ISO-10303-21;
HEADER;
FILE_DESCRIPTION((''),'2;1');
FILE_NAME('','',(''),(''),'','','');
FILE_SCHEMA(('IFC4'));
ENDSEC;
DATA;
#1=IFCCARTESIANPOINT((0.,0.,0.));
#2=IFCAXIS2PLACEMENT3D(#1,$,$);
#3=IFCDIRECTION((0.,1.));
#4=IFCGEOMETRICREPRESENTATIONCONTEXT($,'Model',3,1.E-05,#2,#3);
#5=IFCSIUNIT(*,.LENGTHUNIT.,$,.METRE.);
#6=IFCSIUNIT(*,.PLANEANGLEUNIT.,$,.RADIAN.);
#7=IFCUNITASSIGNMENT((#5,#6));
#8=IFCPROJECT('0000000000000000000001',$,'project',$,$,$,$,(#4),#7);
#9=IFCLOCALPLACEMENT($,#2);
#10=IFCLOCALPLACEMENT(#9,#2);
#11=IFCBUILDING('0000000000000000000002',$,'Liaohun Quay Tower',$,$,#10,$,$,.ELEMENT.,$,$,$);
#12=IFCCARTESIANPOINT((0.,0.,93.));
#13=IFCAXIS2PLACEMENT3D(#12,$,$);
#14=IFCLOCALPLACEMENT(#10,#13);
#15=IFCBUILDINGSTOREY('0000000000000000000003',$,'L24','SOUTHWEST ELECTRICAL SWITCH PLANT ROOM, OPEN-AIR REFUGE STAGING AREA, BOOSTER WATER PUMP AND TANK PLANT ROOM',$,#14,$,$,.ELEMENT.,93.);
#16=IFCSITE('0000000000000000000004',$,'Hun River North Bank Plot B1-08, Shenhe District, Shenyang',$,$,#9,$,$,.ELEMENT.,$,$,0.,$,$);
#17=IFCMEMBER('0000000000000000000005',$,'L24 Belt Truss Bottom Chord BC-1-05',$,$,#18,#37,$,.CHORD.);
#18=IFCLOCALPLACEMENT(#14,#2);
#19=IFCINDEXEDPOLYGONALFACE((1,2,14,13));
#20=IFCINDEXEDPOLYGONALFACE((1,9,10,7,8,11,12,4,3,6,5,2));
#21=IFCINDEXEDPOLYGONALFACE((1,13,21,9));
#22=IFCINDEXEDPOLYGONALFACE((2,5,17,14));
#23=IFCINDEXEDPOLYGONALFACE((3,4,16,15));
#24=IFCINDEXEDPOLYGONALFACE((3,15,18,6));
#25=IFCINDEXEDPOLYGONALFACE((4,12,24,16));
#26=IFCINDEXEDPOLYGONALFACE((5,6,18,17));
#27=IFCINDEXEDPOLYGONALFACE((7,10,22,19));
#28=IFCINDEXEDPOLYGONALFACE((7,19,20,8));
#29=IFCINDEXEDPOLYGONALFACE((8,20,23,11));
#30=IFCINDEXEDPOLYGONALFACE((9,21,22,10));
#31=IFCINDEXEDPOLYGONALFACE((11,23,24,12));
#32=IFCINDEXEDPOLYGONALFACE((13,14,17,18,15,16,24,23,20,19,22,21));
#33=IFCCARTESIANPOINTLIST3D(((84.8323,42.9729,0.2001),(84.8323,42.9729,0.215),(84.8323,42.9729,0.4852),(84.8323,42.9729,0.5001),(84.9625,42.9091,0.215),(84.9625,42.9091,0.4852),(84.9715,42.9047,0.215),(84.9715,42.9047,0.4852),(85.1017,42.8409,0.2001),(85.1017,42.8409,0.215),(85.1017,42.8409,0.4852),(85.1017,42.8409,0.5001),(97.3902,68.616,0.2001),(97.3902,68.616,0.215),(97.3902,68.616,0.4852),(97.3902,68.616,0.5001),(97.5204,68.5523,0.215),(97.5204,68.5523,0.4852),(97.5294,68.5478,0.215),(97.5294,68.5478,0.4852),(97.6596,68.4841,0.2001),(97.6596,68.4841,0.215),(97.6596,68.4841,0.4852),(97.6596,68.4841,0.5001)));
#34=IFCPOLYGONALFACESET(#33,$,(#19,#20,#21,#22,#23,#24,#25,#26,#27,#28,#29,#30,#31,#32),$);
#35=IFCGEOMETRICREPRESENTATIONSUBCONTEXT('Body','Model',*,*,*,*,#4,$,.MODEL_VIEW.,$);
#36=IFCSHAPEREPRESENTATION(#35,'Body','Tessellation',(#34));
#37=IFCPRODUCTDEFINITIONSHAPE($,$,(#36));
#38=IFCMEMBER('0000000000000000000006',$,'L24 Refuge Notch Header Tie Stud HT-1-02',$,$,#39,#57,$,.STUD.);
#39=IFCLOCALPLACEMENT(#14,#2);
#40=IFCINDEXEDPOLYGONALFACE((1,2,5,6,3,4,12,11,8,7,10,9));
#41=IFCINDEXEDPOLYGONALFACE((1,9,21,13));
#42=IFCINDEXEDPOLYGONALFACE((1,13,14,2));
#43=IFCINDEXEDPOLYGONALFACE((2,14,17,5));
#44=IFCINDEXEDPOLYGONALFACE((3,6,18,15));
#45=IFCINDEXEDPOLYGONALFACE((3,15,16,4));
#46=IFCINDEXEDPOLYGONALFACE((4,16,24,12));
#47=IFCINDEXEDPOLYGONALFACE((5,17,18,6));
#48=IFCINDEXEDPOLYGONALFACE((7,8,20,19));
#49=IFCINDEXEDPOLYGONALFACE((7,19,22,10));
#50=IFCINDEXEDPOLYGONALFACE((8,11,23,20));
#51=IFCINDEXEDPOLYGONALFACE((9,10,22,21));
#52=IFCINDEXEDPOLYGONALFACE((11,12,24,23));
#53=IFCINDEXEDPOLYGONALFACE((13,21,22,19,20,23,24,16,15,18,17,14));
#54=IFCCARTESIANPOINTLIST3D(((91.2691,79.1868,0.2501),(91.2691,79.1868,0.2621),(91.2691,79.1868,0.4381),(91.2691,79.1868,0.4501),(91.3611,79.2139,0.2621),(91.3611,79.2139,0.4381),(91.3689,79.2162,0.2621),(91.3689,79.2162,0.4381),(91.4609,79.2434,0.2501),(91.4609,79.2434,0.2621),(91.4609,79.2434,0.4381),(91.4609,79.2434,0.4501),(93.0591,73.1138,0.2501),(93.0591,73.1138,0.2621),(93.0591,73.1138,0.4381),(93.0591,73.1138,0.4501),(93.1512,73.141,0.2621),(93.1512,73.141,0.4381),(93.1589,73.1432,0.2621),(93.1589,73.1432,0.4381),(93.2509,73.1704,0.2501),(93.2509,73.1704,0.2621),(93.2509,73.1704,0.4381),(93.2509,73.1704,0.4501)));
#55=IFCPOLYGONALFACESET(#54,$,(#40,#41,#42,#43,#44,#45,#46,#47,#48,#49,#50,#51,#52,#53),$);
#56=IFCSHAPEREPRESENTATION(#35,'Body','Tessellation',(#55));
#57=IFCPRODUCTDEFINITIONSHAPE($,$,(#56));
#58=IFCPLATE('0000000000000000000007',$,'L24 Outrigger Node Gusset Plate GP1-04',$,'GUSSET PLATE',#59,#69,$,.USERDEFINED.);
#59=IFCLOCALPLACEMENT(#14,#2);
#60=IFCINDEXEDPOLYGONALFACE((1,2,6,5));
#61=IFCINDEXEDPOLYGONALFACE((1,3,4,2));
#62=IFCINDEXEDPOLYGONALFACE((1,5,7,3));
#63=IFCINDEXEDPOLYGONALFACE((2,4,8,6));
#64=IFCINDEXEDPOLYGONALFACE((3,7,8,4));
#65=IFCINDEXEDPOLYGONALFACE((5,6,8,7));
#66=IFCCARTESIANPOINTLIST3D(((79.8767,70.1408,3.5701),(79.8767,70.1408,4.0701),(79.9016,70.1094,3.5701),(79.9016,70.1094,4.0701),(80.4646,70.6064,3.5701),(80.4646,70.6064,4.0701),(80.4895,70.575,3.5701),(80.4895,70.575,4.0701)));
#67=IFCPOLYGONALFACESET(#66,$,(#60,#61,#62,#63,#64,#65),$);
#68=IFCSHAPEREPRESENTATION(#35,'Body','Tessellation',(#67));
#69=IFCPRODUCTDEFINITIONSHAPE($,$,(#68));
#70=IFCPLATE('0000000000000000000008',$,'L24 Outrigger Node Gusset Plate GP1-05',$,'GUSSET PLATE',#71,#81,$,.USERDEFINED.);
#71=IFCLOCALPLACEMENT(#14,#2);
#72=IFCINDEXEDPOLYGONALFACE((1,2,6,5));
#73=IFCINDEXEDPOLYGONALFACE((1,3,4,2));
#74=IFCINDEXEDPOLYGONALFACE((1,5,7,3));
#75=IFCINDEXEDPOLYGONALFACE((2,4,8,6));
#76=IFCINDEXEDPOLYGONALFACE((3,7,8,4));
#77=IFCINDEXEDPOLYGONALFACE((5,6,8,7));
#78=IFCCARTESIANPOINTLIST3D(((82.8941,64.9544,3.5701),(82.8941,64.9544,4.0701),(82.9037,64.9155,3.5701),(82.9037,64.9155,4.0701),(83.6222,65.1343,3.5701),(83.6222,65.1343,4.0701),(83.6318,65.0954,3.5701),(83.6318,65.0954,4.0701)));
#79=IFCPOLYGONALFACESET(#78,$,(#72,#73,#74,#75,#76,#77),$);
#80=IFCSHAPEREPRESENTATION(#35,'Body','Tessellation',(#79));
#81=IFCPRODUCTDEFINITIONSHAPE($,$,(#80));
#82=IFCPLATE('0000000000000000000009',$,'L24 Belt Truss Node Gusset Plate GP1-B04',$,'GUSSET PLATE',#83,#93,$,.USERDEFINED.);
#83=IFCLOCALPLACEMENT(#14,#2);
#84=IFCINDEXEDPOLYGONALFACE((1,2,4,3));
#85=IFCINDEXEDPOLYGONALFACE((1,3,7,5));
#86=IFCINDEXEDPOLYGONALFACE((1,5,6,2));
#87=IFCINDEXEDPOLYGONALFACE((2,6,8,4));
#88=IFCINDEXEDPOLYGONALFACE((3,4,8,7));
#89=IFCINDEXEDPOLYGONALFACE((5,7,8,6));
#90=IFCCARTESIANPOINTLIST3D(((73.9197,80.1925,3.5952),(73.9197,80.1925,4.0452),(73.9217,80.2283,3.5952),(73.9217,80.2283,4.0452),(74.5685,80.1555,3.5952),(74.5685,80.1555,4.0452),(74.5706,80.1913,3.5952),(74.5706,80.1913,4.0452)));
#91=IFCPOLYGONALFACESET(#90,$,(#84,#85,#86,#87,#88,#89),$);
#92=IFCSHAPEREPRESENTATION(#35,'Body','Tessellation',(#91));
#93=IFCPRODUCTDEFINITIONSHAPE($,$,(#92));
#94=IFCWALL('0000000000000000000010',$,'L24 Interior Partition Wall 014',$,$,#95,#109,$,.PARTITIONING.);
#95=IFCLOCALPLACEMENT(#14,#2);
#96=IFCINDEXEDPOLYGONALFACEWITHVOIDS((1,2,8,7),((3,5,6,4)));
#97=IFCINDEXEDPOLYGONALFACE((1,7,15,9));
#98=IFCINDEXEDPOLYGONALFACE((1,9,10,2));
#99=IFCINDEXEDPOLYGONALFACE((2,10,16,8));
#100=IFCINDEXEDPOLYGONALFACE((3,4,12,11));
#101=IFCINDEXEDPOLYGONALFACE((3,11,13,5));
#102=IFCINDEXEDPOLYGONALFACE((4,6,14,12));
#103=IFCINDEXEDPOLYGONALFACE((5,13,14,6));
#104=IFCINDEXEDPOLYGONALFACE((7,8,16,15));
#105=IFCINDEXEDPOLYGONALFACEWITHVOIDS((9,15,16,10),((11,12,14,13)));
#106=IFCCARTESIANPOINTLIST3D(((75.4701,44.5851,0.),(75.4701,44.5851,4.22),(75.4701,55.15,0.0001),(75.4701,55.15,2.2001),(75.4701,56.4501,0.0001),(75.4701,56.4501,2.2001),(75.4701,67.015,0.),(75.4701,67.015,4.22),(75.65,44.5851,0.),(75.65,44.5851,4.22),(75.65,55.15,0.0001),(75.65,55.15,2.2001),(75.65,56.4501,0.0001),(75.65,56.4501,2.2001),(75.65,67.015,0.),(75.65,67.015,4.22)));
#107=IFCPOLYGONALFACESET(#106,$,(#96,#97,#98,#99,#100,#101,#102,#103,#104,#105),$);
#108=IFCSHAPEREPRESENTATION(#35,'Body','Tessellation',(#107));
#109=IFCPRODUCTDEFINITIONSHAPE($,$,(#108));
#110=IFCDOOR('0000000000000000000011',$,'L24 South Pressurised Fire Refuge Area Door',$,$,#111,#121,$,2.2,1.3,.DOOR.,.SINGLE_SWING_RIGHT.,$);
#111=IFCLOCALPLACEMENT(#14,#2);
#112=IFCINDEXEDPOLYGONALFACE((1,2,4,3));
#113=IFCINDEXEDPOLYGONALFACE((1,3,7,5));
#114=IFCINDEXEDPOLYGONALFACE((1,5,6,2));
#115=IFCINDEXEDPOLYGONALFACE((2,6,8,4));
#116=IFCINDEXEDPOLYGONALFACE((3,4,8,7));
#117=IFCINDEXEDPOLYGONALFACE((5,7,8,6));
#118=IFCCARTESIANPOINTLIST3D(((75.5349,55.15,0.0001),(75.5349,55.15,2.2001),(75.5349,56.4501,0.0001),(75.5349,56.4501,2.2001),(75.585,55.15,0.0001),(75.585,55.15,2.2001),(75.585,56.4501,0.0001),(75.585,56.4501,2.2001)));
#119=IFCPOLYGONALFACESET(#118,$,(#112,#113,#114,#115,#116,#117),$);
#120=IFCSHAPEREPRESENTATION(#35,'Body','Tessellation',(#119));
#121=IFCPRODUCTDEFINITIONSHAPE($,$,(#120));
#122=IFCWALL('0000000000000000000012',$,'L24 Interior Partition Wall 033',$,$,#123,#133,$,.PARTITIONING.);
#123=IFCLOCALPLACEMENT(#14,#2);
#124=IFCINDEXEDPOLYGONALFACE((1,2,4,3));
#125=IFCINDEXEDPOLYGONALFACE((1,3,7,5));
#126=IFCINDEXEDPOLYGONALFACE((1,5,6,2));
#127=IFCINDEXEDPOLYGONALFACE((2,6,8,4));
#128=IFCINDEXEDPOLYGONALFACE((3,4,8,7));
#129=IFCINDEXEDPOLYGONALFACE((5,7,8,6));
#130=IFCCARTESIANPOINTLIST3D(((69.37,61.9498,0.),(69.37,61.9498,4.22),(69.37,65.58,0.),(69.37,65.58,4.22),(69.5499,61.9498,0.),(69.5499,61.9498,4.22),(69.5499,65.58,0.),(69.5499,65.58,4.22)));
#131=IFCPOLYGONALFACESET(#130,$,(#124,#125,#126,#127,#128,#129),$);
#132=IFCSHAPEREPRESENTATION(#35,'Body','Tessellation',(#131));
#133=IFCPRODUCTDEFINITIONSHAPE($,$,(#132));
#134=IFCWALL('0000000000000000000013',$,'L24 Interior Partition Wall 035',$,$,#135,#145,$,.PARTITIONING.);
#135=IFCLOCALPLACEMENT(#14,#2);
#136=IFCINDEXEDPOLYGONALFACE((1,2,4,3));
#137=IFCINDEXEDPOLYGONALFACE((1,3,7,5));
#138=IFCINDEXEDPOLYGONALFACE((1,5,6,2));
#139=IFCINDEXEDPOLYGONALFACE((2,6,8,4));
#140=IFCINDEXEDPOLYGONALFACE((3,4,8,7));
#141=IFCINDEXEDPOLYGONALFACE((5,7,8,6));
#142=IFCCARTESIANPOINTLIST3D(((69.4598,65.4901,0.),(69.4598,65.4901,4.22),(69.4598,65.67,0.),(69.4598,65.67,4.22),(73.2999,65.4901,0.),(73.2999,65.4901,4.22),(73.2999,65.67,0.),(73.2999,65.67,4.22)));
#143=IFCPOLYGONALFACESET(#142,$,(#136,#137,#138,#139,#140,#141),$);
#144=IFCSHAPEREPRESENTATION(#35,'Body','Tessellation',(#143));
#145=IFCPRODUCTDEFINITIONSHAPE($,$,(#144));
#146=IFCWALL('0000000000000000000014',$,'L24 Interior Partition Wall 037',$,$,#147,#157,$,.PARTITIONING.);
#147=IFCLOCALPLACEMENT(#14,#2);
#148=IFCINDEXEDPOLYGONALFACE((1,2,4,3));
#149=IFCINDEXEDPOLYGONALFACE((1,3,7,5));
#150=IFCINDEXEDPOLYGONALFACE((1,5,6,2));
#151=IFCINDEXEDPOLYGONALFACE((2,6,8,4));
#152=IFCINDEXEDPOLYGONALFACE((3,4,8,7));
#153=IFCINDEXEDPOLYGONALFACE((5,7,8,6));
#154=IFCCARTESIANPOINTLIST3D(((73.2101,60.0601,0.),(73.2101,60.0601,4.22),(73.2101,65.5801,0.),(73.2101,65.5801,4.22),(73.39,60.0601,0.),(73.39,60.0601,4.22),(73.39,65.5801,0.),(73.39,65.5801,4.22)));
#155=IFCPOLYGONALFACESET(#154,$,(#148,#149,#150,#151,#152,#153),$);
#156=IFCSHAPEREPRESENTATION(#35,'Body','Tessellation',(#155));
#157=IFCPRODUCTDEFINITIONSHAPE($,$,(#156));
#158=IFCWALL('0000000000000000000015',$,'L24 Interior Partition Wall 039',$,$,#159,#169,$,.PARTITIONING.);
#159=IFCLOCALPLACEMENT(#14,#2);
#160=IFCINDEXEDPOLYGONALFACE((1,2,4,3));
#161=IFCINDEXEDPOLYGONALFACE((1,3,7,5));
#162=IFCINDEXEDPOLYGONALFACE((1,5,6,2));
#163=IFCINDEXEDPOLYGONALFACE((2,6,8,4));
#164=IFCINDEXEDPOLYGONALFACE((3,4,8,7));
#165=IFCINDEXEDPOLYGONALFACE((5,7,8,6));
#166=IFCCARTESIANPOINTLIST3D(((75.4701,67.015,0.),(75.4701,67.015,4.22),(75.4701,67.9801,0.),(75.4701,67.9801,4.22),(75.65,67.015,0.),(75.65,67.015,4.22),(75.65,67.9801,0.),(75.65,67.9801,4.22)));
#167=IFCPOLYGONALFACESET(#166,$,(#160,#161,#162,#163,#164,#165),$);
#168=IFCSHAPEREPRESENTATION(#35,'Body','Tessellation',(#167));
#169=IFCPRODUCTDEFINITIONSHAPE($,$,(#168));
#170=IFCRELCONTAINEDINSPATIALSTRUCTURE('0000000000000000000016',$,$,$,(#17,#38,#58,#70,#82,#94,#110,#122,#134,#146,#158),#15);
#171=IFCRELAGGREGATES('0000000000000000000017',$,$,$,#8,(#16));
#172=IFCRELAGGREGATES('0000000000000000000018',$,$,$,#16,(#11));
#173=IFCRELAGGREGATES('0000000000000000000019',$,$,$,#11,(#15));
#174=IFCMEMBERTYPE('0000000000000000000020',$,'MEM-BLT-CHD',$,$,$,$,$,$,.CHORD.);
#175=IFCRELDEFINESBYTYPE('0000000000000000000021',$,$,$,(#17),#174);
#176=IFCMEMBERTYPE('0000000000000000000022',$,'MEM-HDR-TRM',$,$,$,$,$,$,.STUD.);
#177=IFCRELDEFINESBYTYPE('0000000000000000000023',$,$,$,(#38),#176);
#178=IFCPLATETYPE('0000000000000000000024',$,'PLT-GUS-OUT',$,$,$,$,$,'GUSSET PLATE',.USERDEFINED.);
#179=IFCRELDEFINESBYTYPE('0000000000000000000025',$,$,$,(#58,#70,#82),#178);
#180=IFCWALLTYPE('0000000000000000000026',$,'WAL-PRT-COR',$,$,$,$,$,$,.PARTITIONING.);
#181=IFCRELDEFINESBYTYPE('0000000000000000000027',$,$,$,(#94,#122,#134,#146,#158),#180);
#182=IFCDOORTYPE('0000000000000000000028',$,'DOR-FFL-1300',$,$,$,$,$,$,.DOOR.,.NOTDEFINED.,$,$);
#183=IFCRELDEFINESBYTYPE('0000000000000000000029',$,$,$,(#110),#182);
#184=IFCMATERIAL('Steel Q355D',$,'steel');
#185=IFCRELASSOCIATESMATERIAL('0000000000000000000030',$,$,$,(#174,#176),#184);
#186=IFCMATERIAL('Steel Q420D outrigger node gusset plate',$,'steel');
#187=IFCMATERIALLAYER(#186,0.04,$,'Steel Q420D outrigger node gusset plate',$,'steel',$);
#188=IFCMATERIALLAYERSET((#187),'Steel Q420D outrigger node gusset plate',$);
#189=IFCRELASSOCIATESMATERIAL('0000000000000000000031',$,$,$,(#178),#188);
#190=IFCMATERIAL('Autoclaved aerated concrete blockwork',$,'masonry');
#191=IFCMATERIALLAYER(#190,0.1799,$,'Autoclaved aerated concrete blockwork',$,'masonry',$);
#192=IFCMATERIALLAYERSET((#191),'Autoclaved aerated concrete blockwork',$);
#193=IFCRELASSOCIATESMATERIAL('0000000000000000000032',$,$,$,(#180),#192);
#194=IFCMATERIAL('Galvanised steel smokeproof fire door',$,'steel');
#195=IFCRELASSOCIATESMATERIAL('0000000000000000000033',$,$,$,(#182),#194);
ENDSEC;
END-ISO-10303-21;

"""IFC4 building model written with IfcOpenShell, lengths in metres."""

from ifc_helpers import new_model, si_unit, direction, frame, frame_2d, origin, origin_2d, place, context, subcontext, project, spatial, rectangle, i_section, extrude, source, transform, mapped, material, layer, layer_set, material_profile, profile_set, type_object, element, fill, save


model = new_model("IFC4")

# Units and contexts
model_context = context("Model", 3, precision=1e-05, world=origin(), true_north=direction((0.0, 1.0)))
body_context = subcontext(model_context, "Body", "Model", "MODEL_VIEW")
ifc_project = project(units=[si_unit("LENGTHUNIT", "METRE"), si_unit("PLANEANGLEUNIT", "RADIAN")], contexts=[model_context])

# Site, building, storey
site_placement = place(None, origin())
site = spatial("IfcSite", under=ifc_project, at=site_placement, Name="Hun River North Bank Plot B1-08, Shenhe District, Shenyang", CompositionType="ELEMENT", RefElevation=0.0)
building_placement = place(site_placement, origin())
building = spatial("IfcBuilding", under=site, at=building_placement, Name="Liaohun Quay Tower", CompositionType="ELEMENT")
storey_placement = place(building_placement, frame((0.0, 0.0, 93.0)))
storey = spatial("IfcBuildingStorey", under=building, at=storey_placement, Name="L24", Description="SOUTHWEST ELECTRICAL SWITCH PLANT ROOM, OPEN-AIR REFUGE STAGING AREA, BOOSTER WATER PUMP AND TANK PLANT ROOM", CompositionType="ELEMENT", Elevation=93.0)

# Shared definitions
ifc_material_1 = material(Name="Steel Q355D", Category="steel")

# Members
ifc_material_profile_1 = material_profile(ifc_material_1, i_section(OverallWidth=0.3, OverallDepth=0.3, WebThickness=0.01, FlangeThickness=0.0149, at=origin_2d()), Name="HW300x300x10x15")
ifc_profile_set_1 = profile_set([ifc_material_profile_1], Name="Steel Q355D")
member_type_1 = type_object("IfcMemberType", Name="MEM-BLT-CHD", PredefinedType="CHORD", material=ifc_profile_set_1)
shared_shape_1 = source(origin(), body_context, "Body", "SweptSolid", [
    extrude(i_section(OverallWidth=0.3, OverallDepth=0.3, WebThickness=0.01, FlangeThickness=0.0149, at=origin_2d()), origin(), (0.0, 0.0, 1.0), 28.553),
])
member_1_placement = place(storey_placement, frame((97.5249, 68.55, 0.3501), z_axis=(-0.439811, -0.89809, 0.0), x_axis=(0.89809, -0.439811, 0.0)))
element("IfcMember", 1, at=member_1_placement, inside=storey, type_object=member_type_1, Name="L24 Belt Truss Bottom Chord BC-1-05", PredefinedType="CHORD", context=body_context, shape_type="MappedRepresentation", body=[
    mapped(shared_shape_1, transform((0.0, 0.0, 0.0), x_axis=(1.0, 0.0, 0.0), y_axis=(0.0, 1.0, 0.0), z_axis=(0.0, 0.0, 1.0), scale=1.0)),
])
ifc_material_profile_2 = material_profile(ifc_material_1, i_section(OverallWidth=0.2, OverallDepth=0.2, WebThickness=0.0081, FlangeThickness=0.012, at=origin_2d()), Name="HW200x200x8x12")
ifc_profile_set_2 = profile_set([ifc_material_profile_2], Name="Steel Q355D")
member_type_2 = type_object("IfcMemberType", Name="MEM-HDR-TRM", PredefinedType="STUD", material=ifc_profile_set_2)
shared_shape_2 = source(origin(), body_context, "Body", "SweptSolid", [
    extrude(i_section(OverallWidth=0.2, OverallDepth=0.2, WebThickness=0.0081, FlangeThickness=0.012, at=origin_2d()), origin(), (0.0, 0.0, 1.0), 6.3313),
])
member_2_placement = place(storey_placement, frame((91.365, 79.2151, 0.3501), z_axis=(0.282728, -0.9592, 0.0), x_axis=(0.9592, 0.282728, 0.0)))
element("IfcMember", 2, at=member_2_placement, inside=storey, type_object=member_type_2, Name="L24 Refuge Notch Header Tie Stud HT-1-02", PredefinedType="STUD", context=body_context, shape_type="MappedRepresentation", body=[
    mapped(shared_shape_2, transform((0.0, 0.0, 0.0), x_axis=(1.0, 0.0, 0.0), y_axis=(0.0, 1.0, 0.0), z_axis=(0.0, 0.0, 1.0), scale=1.0)),
])

# Plates
ifc_material_2 = material(Name="Steel Q420D outrigger node gusset plate", Category="steel")
ifc_layer_1 = layer(ifc_material_2, 0.04, Name="Steel Q420D outrigger node gusset plate", Category="steel")
ifc_layer_set_1 = layer_set([ifc_layer_1], Name="Steel Q420D outrigger node gusset plate")
plate_type = type_object("IfcPlateType", Name="PLT-GUS-OUT", ElementType="GUSSET PLATE", PredefinedType="USERDEFINED", material=ifc_layer_set_1)
shared_shape_3 = source(origin(), body_context, "Body", "SweptSolid", [
    extrude(rectangle(XDim=0.75, YDim=0.04, at=origin_2d()), origin(), (0.0, 0.0, 1.0), 0.5),
])
for number, where, z_axis, x_axis, name in (
    (3, (80.1831, 70.3579, 3.5701), (0.0, 0.0, 1.0), (0.78391, 0.620874, 0.0), "L24 Outrigger Node Gusset Plate GP1-04"),
    (4, (83.2629, 65.0249, 3.5701), (0.0, 0.0, 1.0), (0.9708, 0.239889, 0.0), "L24 Outrigger Node Gusset Plate GP1-05"),
):
    element("IfcPlate", number, at=place(storey_placement, frame(where, z_axis=z_axis, x_axis=x_axis)), inside=storey, type_object=plate_type, Name=name, ObjectType="GUSSET PLATE", PredefinedType="USERDEFINED", context=body_context, shape_type="MappedRepresentation", body=[
        mapped(shared_shape_3, transform((0.0, 0.0, 0.0), x_axis=(1.0, 0.0, 0.0), y_axis=(0.0, 1.0, 0.0), z_axis=(0.0, 0.0, 1.0), scale=1.0)),
    ])
shared_shape_4 = source(origin(), body_context, "Body", "SweptSolid", [
    extrude(rectangle(XDim=0.6499, YDim=0.0359, at=origin_2d()), origin(), (0.0, 0.0, 1.0), 0.45),
])
plate_placement = place(storey_placement, frame((74.2451, 80.1919, 3.5952), z_axis=(0.0, 0.0, 1.0), x_axis=(0.998382, -0.056867, 0.0)))
element("IfcPlate", 5, at=plate_placement, inside=storey, type_object=plate_type, Name="L24 Belt Truss Node Gusset Plate GP1-B04", ObjectType="GUSSET PLATE", PredefinedType="USERDEFINED", context=body_context, shape_type="MappedRepresentation", body=[
    mapped(shared_shape_4, transform((0.0, 0.0, 0.0), x_axis=(1.0, 0.0, 0.0), y_axis=(0.0, 1.0, 0.0), z_axis=(0.0, 0.0, 1.0), scale=1.0)),
])

# Wall, opening, door
ifc_material_3 = material(Name="Autoclaved aerated concrete blockwork", Category="masonry")
ifc_layer_2 = layer(ifc_material_3, 0.1799, Name="Autoclaved aerated concrete blockwork", Category="masonry")
ifc_layer_set_2 = layer_set([ifc_layer_2], Name="Autoclaved aerated concrete blockwork")
wall_type_1 = type_object("IfcWallType", Name="WAL-PRT-COR", PredefinedType="PARTITIONING", material=ifc_layer_set_2)
wall_1_placement = place(storey_placement, frame((75.5601, 67.0149, 0.0), z_axis=(0.0, 0.0, 1.0), x_axis=(0.0, -1.0, 0.0)))
wall_1 = element("IfcWall", 6, at=wall_1_placement, inside=storey, type_object=wall_type_1, Name="L24 Interior Partition Wall 014", PredefinedType="PARTITIONING", context=body_context, shape_type="SweptSolid", body=[
    extrude(rectangle(XDim=22.4299, YDim=0.1799, at=frame_2d((11.2148, 0.0))), origin(), (0.0, 0.0, 1.0), 4.22),
])
shared_shape_5 = source(origin(), body_context, "Body", "SweptSolid", [
    extrude(rectangle(XDim=1.3, YDim=2.2, at=frame_2d((0.6499, 1.1001))), frame((0.0, 0.0999, 0.0), z_axis=(0.0, -1.0, 0.0), x_axis=(1.0, 0.0, 0.0)), (0.0, 0.0, 1.0), 0.2),
])
opening_placement = place(wall_1_placement, frame((10.5649, 0.0, 0.0)))
opening = element("IfcOpeningElement", 7, at=opening_placement, cuts=wall_1, PredefinedType="OPENING", context=body_context, shape_type="MappedRepresentation", body=[
    mapped(shared_shape_5, transform((0.0, 0.0, 0.0), x_axis=(1.0, 0.0, 0.0), y_axis=(0.0, 1.0, 0.0), z_axis=(0.0, 0.0, 1.0), scale=1.0)),
])
ifc_material_4 = material(Name="Galvanised steel smokeproof fire door", Category="steel")
door_type = type_object("IfcDoorType", Name="DOR-FFL-1300", OperationType="NOTDEFINED", PredefinedType="DOOR", material=ifc_material_4)
shared_shape_6 = source(origin(), body_context, "Body", "SweptSolid", [
    extrude(rectangle(XDim=1.3, YDim=2.2, at=frame_2d((0.6499, 1.1001))), frame((0.0, 0.0249, 0.0), z_axis=(0.0, -1.0, 0.0), x_axis=(1.0, 0.0, 0.0)), (0.0, 0.0, 1.0), 0.05),
])
door_placement = place(opening_placement, origin())
door = element("IfcDoor", 8, at=door_placement, inside=storey, type_object=door_type, Name="L24 South Pressurised Fire Refuge Area Door", OperationType="SINGLE_SWING_RIGHT", OverallHeight=2.2, OverallWidth=1.3, PredefinedType="DOOR", context=body_context, shape_type="MappedRepresentation", body=[
    mapped(shared_shape_6, transform((0.0, 0.0, 0.0), x_axis=(1.0, 0.0, 0.0), y_axis=(0.0, 1.0, 0.0), z_axis=(0.0, 0.0, 1.0), scale=1.0)),
])
fill(opening, door)

# Walls
wall_2_placement = place(storey_placement, frame((69.46, 61.95, 0.0), z_axis=(0.0, 0.0, 1.0), x_axis=(0.0, 1.0, 0.0)))
element("IfcWall", 9, at=wall_2_placement, inside=storey, type_object=wall_type_1, Name="L24 Interior Partition Wall 033", PredefinedType="PARTITIONING", context=body_context, shape_type="SweptSolid", body=[
    extrude(rectangle(XDim=3.6301, YDim=0.1799, at=frame_2d((1.8149, 0.0))), origin(), (0.0, 0.0, 1.0), 4.22),
])
wall_3_placement = place(storey_placement, frame((69.46, 65.5801, 0.0), z_axis=(0.0, 0.0, 1.0), x_axis=(1.0, 0.0, 0.0)))
element("IfcWall", 10, at=wall_3_placement, inside=storey, type_object=wall_type_1, Name="L24 Interior Partition Wall 035", PredefinedType="PARTITIONING", context=body_context, shape_type="SweptSolid", body=[
    extrude(rectangle(XDim=3.8401, YDim=0.1799, at=frame_2d((1.9199, 0.0))), origin(), (0.0, 0.0, 1.0), 4.22),
])
wall_4_placement = place(storey_placement, frame((73.3, 60.0601, 0.0), z_axis=(0.0, 0.0, 1.0), x_axis=(0.0, 1.0, 0.0)))
element("IfcWall", 11, at=wall_4_placement, inside=storey, type_object=wall_type_1, Name="L24 Interior Partition Wall 037", PredefinedType="PARTITIONING", context=body_context, shape_type="SweptSolid", body=[
    extrude(rectangle(XDim=5.52, YDim=0.1799, at=frame_2d((2.76, 0.0))), origin(), (0.0, 0.0, 1.0), 4.22),
])
wall_5_placement = place(storey_placement, frame((75.5601, 67.98, 0.0), z_axis=(0.0, 0.0, 1.0), x_axis=(0.0, -1.0, 0.0)))
element("IfcWall", 12, at=wall_5_placement, inside=storey, type_object=wall_type_1, Name="L24 Interior Partition Wall 039", PredefinedType="PARTITIONING", context=body_context, shape_type="SweptSolid", body=[
    extrude(rectangle(XDim=0.9651, YDim=0.1799, at=frame_2d((0.4824, 0.0))), origin(), (0.0, 0.0, 1.0), 4.22),
])

save(model, "model.ifc")
